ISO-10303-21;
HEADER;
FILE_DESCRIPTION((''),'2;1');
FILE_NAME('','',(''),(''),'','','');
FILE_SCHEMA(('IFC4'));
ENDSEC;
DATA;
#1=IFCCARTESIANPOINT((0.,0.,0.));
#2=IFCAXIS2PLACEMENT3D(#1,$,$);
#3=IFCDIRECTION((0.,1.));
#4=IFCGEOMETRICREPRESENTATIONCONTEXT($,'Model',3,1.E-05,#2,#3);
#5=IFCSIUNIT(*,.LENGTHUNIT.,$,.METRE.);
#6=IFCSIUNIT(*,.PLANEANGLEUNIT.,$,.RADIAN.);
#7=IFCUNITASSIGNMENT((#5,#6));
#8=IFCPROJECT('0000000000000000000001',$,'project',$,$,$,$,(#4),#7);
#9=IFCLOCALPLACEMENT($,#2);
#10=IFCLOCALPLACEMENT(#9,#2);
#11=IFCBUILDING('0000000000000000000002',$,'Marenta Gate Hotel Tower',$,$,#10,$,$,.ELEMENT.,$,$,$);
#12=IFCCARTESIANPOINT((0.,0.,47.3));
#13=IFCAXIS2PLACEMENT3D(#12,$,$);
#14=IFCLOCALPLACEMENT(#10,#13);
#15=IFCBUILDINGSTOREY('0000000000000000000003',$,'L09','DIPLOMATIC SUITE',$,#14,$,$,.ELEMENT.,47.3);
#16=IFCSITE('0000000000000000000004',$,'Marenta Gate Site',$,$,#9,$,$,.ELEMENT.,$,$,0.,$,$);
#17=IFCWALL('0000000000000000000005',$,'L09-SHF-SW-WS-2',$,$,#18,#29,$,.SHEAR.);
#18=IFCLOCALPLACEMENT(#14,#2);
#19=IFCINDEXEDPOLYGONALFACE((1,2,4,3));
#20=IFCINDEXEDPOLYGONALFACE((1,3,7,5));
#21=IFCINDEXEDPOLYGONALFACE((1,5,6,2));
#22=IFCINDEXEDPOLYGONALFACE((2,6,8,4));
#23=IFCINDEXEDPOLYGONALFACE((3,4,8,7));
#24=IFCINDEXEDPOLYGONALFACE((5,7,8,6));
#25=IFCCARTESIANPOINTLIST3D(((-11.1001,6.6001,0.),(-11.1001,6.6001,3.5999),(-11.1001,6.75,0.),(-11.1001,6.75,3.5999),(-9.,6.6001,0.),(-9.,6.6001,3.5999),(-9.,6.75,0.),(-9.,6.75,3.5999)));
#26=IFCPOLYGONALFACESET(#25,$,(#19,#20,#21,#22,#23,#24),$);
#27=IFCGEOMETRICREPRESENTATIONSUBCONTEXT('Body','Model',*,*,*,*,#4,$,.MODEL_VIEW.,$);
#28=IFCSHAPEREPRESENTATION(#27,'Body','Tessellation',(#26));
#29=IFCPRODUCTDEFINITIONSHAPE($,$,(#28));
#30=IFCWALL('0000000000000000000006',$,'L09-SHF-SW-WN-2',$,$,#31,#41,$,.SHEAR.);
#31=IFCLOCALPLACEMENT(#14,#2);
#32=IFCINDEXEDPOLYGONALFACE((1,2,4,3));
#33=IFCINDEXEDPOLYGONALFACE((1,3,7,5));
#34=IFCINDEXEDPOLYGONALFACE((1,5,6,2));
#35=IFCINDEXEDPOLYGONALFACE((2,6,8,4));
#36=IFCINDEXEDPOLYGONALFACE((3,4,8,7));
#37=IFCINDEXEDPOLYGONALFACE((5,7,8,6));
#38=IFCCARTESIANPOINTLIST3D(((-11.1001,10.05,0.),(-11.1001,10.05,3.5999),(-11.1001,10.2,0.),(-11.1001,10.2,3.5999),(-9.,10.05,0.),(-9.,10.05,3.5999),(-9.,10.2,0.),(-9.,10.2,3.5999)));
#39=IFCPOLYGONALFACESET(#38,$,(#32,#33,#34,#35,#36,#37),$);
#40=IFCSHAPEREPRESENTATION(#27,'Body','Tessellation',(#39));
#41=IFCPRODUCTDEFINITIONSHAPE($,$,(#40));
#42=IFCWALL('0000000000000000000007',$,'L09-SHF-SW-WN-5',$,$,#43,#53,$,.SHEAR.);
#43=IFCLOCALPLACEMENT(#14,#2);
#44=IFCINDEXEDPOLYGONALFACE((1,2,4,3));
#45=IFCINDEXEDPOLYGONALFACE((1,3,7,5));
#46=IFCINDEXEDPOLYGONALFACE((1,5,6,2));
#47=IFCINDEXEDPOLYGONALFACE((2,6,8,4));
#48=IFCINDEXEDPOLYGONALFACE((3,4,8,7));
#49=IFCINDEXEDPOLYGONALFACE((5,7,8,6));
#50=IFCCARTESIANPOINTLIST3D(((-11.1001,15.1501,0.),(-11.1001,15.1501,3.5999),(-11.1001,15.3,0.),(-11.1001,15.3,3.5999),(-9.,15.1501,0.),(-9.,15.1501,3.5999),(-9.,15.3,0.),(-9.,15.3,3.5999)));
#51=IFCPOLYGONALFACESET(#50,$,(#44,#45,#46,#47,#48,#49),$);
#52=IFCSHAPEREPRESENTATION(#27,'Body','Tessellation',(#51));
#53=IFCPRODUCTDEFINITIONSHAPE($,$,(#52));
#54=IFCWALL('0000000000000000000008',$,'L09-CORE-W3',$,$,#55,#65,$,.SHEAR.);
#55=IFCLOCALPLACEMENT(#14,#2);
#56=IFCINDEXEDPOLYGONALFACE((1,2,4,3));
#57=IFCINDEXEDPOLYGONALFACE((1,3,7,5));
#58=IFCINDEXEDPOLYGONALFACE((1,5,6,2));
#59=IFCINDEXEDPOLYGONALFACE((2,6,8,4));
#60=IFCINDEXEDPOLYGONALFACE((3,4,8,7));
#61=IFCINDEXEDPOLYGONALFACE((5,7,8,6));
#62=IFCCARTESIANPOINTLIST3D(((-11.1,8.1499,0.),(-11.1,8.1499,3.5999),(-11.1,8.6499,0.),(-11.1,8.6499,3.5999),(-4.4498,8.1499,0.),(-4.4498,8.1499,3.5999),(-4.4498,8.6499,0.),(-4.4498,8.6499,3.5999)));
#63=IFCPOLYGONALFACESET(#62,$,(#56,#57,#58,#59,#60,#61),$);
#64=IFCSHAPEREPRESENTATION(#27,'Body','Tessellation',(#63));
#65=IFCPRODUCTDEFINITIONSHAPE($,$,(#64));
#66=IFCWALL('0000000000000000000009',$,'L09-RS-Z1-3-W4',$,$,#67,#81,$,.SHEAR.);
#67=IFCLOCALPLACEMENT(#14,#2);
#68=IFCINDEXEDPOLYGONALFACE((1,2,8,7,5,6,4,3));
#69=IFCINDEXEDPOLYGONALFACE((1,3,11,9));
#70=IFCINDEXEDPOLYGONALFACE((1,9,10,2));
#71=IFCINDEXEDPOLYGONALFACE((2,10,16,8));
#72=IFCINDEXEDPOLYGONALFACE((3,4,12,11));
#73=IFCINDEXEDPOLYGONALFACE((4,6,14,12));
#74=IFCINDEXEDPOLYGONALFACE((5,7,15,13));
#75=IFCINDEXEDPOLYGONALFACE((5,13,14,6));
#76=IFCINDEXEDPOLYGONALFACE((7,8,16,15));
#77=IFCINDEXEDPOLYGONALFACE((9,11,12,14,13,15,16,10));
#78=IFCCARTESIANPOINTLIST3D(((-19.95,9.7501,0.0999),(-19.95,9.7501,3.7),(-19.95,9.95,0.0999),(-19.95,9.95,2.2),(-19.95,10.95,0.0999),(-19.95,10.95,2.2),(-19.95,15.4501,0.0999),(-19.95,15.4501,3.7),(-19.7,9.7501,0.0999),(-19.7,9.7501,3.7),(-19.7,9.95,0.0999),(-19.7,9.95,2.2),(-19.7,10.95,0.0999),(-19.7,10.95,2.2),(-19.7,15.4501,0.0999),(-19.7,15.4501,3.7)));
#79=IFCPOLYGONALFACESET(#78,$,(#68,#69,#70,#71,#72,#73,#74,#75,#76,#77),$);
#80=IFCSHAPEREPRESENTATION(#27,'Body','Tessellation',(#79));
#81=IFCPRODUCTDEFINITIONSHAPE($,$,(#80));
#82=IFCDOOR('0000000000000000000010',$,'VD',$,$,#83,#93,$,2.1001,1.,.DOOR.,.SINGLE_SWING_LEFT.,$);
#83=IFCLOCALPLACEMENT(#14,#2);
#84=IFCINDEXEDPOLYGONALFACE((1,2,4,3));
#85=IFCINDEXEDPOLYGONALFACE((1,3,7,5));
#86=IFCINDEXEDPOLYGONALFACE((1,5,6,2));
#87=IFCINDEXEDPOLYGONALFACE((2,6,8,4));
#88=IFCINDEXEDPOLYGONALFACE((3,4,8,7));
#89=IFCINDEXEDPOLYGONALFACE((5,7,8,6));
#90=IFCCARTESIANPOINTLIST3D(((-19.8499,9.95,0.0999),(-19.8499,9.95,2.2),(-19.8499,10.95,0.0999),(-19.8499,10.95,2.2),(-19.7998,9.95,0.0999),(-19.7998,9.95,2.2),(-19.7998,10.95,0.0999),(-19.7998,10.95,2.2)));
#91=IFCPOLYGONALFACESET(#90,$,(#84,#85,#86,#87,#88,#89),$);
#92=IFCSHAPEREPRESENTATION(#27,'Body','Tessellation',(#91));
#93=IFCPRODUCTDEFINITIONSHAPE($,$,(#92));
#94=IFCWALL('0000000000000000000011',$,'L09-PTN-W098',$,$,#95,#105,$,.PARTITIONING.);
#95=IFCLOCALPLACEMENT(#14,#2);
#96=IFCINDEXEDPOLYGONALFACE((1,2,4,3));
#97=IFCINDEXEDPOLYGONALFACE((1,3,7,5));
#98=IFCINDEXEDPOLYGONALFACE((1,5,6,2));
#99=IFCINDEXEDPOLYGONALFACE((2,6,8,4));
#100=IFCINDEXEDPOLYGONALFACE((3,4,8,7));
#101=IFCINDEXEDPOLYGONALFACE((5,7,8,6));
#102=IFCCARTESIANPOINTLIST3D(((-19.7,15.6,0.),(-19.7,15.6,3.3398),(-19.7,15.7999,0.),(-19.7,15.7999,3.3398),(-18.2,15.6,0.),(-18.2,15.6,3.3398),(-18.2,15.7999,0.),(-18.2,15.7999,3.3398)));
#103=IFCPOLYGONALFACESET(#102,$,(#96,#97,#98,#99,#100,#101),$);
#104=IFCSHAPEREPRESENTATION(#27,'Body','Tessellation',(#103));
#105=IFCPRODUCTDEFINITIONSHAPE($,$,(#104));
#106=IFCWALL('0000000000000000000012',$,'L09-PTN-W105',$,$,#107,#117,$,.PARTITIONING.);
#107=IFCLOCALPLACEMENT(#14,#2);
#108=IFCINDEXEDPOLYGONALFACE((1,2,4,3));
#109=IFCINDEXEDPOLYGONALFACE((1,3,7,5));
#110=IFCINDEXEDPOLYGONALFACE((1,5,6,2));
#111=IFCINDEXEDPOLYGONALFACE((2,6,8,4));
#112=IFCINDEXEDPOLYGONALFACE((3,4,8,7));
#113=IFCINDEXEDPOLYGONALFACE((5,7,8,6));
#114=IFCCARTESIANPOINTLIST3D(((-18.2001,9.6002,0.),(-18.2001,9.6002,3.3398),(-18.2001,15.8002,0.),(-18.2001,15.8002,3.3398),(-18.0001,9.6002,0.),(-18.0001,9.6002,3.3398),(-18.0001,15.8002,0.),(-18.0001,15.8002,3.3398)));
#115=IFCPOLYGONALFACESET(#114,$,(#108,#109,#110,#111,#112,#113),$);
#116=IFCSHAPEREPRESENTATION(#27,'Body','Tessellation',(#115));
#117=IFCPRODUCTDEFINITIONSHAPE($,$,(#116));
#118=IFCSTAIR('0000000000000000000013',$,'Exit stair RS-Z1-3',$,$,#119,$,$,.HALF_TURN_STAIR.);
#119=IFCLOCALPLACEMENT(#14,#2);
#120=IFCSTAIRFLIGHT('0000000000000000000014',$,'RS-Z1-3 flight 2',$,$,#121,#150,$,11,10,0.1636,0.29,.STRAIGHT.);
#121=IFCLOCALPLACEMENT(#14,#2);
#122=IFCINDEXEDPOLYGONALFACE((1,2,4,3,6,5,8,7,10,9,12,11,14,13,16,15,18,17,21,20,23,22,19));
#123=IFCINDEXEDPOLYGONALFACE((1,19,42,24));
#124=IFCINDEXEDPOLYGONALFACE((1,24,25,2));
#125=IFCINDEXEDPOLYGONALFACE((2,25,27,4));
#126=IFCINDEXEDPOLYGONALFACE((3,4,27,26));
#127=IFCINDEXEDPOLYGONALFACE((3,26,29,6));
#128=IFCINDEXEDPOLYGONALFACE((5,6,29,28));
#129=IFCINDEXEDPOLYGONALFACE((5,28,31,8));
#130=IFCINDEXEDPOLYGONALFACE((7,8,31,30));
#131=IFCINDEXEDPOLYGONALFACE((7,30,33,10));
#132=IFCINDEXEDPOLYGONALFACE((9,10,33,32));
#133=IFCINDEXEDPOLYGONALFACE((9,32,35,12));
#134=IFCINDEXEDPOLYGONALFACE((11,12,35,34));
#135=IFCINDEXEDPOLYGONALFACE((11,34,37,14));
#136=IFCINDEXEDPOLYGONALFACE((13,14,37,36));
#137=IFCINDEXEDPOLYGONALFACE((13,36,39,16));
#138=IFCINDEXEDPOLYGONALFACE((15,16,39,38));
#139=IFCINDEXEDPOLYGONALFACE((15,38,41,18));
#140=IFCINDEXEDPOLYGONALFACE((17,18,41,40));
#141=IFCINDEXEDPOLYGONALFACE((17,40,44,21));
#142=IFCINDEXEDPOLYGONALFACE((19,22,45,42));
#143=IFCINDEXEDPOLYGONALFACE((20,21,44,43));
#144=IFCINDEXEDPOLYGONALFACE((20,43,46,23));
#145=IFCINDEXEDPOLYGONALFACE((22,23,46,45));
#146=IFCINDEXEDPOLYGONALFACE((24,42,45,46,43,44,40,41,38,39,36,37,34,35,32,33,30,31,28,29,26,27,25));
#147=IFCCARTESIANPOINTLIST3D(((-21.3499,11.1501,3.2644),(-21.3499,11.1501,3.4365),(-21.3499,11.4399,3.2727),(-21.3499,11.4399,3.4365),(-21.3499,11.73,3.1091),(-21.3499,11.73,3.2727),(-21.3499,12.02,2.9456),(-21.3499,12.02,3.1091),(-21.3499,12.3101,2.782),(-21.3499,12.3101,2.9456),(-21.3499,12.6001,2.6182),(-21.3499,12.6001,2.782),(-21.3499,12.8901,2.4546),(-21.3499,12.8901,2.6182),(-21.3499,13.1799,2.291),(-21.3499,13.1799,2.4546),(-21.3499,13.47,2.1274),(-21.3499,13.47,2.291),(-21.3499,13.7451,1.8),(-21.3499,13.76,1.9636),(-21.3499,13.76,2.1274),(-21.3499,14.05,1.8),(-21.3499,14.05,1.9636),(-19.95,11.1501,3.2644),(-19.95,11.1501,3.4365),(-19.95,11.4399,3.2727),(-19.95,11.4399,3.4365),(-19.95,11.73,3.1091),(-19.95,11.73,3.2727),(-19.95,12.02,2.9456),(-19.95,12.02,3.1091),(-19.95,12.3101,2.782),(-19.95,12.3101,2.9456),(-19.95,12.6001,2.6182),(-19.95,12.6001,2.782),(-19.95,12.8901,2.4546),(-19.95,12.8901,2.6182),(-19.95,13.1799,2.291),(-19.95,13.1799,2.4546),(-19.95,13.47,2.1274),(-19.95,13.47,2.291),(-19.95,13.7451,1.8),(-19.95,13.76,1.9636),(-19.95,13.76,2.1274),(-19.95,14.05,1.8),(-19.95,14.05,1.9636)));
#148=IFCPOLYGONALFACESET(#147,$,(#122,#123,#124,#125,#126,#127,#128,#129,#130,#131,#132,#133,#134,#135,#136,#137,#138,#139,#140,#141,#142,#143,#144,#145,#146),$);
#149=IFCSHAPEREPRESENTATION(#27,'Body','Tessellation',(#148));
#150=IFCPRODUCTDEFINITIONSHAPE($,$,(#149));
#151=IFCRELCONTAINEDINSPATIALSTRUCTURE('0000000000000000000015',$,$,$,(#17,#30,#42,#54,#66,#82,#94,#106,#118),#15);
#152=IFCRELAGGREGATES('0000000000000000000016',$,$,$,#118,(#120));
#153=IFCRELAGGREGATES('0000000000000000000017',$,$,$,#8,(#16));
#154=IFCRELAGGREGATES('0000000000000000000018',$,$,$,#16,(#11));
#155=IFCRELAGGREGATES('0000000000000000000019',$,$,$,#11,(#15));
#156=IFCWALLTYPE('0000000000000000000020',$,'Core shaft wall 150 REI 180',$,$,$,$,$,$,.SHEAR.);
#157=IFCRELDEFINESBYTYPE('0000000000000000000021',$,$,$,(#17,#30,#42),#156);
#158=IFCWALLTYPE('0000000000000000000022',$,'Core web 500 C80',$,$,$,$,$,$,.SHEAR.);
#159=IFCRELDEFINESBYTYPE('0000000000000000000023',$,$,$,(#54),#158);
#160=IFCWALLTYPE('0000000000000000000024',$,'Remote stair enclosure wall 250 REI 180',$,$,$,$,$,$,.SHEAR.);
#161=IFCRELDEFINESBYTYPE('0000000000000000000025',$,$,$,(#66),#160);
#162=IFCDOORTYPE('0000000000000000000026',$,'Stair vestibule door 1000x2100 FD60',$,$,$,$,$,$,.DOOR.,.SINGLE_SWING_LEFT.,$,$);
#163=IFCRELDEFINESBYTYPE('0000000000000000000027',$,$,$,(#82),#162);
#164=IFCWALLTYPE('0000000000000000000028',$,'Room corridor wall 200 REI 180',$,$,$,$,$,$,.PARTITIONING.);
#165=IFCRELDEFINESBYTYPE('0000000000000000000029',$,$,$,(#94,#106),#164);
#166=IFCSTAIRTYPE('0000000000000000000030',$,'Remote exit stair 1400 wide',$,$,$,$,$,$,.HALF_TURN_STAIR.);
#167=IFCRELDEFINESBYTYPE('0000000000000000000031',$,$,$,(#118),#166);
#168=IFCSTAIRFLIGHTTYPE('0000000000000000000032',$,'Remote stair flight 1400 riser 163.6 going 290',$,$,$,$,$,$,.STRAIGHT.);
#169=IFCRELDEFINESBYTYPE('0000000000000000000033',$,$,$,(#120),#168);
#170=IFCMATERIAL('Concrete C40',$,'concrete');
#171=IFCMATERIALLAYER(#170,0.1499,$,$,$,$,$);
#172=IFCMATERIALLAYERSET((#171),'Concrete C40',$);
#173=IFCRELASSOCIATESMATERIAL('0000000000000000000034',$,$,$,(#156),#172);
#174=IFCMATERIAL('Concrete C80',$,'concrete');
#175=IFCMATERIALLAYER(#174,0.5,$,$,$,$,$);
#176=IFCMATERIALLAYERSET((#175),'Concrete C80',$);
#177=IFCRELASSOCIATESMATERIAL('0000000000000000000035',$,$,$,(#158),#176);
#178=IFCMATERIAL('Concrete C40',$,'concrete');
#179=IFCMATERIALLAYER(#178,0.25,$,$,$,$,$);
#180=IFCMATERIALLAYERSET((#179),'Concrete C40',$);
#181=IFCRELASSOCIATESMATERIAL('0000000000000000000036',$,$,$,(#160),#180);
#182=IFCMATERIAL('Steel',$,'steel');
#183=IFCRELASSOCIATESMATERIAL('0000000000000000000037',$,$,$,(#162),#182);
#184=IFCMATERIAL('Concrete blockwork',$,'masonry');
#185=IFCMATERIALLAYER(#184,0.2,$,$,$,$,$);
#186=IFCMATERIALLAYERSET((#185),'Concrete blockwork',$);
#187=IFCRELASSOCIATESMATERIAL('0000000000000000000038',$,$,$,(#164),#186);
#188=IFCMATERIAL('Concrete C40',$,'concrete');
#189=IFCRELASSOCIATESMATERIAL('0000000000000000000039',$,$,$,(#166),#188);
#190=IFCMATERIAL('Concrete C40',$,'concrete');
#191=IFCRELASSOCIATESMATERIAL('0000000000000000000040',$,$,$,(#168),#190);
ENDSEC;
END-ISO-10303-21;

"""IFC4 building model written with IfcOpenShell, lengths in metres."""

from ifc_helpers import new_model, si_unit, direction, frame, frame_2d, origin, place, context, subcontext, project, spatial, polyline, rectangle, outline, extrude, material, layer, layer_set, type_object, element, fill, aggregate, save


model = new_model("IFC4")

# Units and contexts
model_context = context("Model", 3, precision=1e-05, world=origin(), true_north=direction((0.0, 1.0)))
body_context = subcontext(model_context, "Body", "Model", "MODEL_VIEW")
ifc_project = project(units=[si_unit("LENGTHUNIT", "METRE"), si_unit("PLANEANGLEUNIT", "RADIAN")], contexts=[model_context])

# Site, building, storey
site_placement = place(None, origin())
site = spatial("IfcSite", under=ifc_project, at=site_placement, Name="Marenta Gate Site", CompositionType="ELEMENT", RefElevation=0.0)
building_placement = place(site_placement, origin())
building = spatial("IfcBuilding", under=site, at=building_placement, Name="Marenta Gate Hotel Tower", CompositionType="ELEMENT")
storey_placement = place(building_placement, frame((0.0, 0.0, 47.3)))
storey = spatial("IfcBuildingStorey", under=building, at=storey_placement, Name="L09", Description="DIPLOMATIC SUITE", CompositionType="ELEMENT", Elevation=47.3)

# Walls
ifc_material_1 = material(Name="Concrete C40", Category="concrete")
ifc_layer_1 = layer(ifc_material_1, 0.1499)
ifc_layer_set_1 = layer_set([ifc_layer_1], Name="Concrete C40")
wall_type_1 = type_object("IfcWallType", Name="Core shaft wall 150 REI 180", PredefinedType="SHEAR", material=ifc_layer_set_1)
for number, where, z_axis, x_axis, name in (
    (1, (-11.1001, 6.675, 0.0), (0.0, 0.0, 1.0), (1.0, 0.0, 0.0), "L09-SHF-SW-WS-2"),
    (2, (-11.1001, 10.125, 0.0), (0.0, 0.0, 1.0), (1.0, 0.0, 0.0), "L09-SHF-SW-WN-2"),
    (3, (-11.1001, 15.2251, 0.0), (0.0, 0.0, 1.0), (1.0, 0.0, 0.0), "L09-SHF-SW-WN-5"),
):
    element("IfcWall", number, at=place(storey_placement, frame(where, z_axis=z_axis, x_axis=x_axis)), inside=storey, type_object=wall_type_1, Name=name, PredefinedType="SHEAR", context=body_context, shape_type="SweptSolid", body=[
        extrude(rectangle(XDim=2.1001, YDim=0.1499, at=frame_2d((1.05, 0.0))), origin(), (0.0, 0.0, 1.0), 3.5999),
    ])
ifc_material_2 = material(Name="Concrete C80", Category="concrete")
ifc_layer_2 = layer(ifc_material_2, 0.5)
ifc_layer_set_2 = layer_set([ifc_layer_2], Name="Concrete C80")
wall_type_2 = type_object("IfcWallType", Name="Core web 500 C80", PredefinedType="SHEAR", material=ifc_layer_set_2)
wall_1_placement = place(storey_placement, frame((-11.1001, 8.3999, 0.0), z_axis=(0.0, 0.0, 1.0), x_axis=(1.0, 0.0, 0.0)))
element("IfcWall", 4, at=wall_1_placement, inside=storey, type_object=wall_type_2, Name="L09-CORE-W3", PredefinedType="SHEAR", context=body_context, shape_type="SweptSolid", body=[
    extrude(rectangle(XDim=6.6501, YDim=0.5, at=frame_2d((3.3252, 0.0))), origin(), (0.0, 0.0, 1.0), 3.5999),
])

# Wall, opening, door
ifc_material_3 = material(Name="Concrete C40", Category="concrete")
ifc_layer_3 = layer(ifc_material_3, 0.25)
ifc_layer_set_3 = layer_set([ifc_layer_3], Name="Concrete C40")
wall_type_3 = type_object("IfcWallType", Name="Remote stair enclosure wall 250 REI 180", PredefinedType="SHEAR", material=ifc_layer_set_3)
wall_2_placement = place(storey_placement, frame((-19.825, 9.75, 0.0999), z_axis=(0.0, 0.0, 1.0), x_axis=(0.0, 1.0, 0.0)))
wall_2 = element("IfcWall", 5, at=wall_2_placement, inside=storey, type_object=wall_type_3, Name="L09-RS-Z1-3-W4", PredefinedType="SHEAR", context=body_context, shape_type="SweptSolid", body=[
    extrude(rectangle(XDim=5.7, YDim=0.25, at=frame_2d((2.8501, 0.0))), origin(), (0.0, 0.0, 1.0), 3.6001),
])
opening_1_placement = place(wall_2_placement, frame((0.2, 0.0, 0.0)))
opening_1 = element("IfcOpeningElement", 6, at=opening_1_placement, cuts=wall_2, PredefinedType="OPENING", context=body_context, shape_type="SweptSolid", body=[
    extrude(rectangle(XDim=1.0, YDim=2.1001, at=frame_2d((0.5, 1.05))), frame((0.0, 0.125, 0.0), z_axis=(0.0, -1.0, 0.0), x_axis=(1.0, 0.0, 0.0)), (0.0, 0.0, 1.0), 0.25),
])
ifc_material_4 = material(Name="Steel", Category="steel")
door_type_1 = type_object("IfcDoorType", Name="Stair vestibule door 1000x2100 FD60", OperationType="SINGLE_SWING_LEFT", PredefinedType="DOOR", material=ifc_material_4)
door_1_placement = place(opening_1_placement, origin())
door_1 = element("IfcDoor", 7, at=door_1_placement, inside=storey, type_object=door_type_1, Name="VD", OperationType="SINGLE_SWING_LEFT", OverallHeight=2.1001, OverallWidth=1.0, PredefinedType="DOOR", context=body_context, shape_type="SweptSolid", body=[
    extrude(rectangle(XDim=1.0, YDim=2.1001, at=frame_2d((0.5, 1.05))), frame((0.0, 0.0249, 0.0), z_axis=(0.0, -1.0, 0.0), x_axis=(1.0, 0.0, 0.0)), (0.0, 0.0, 1.0), 0.05),
])
fill(opening_1, door_1)
ifc_material_5 = material(Name="Concrete blockwork", Category="masonry")
ifc_layer_4 = layer(ifc_material_5, 0.2)
ifc_layer_set_4 = layer_set([ifc_layer_4], Name="Concrete blockwork")
wall_type_4 = type_object("IfcWallType", Name="Room corridor wall 200 REI 180", PredefinedType="PARTITIONING", material=ifc_layer_set_4)

# Walls
wall_3_placement = place(storey_placement, frame((-19.7, 15.7, 0.0), z_axis=(0.0, 0.0, 1.0), x_axis=(1.0, 0.0, 0.0)))
element("IfcWall", 8, at=wall_3_placement, inside=storey, type_object=wall_type_4, Name="L09-PTN-W098", PredefinedType="PARTITIONING", context=body_context, shape_type="SweptSolid", body=[
    extrude(rectangle(XDim=1.5, YDim=0.2, at=frame_2d((0.75, 0.0))), origin(), (0.0, 0.0, 1.0), 3.3398),
])
wall_4_placement = place(storey_placement, frame((-18.1001, 9.6001, 0.0), z_axis=(0.0, 0.0, 1.0), x_axis=(0.0, 1.0, 0.0)))
element("IfcWall", 9, at=wall_4_placement, inside=storey, type_object=wall_type_4, Name="L09-PTN-W105", PredefinedType="PARTITIONING", context=body_context, shape_type="SweptSolid", body=[
    extrude(rectangle(XDim=6.2, YDim=0.2, at=frame_2d((3.1001, 0.0))), origin(), (0.0, 0.0, 1.0), 3.3398),
])

# Stair, stair flight
ifc_material_6 = material(Name="Concrete C40", Category="concrete")
stair_type = type_object("IfcStairType", Name="Remote exit stair 1400 wide", PredefinedType="HALF_TURN_STAIR", material=ifc_material_6)
stair_placement = place(storey_placement, origin())
stair = element("IfcStair", 10, at=stair_placement, inside=storey, type_object=stair_type, Name="Exit stair RS-Z1-3", PredefinedType="HALF_TURN_STAIR")
ifc_material_7 = material(Name="Concrete C40", Category="concrete")
stair_flight_type = type_object("IfcStairFlightType", Name="Remote stair flight 1400 riser 163.6 going 290", PredefinedType="STRAIGHT", material=ifc_material_7)
stair_flight_placement = place(storey_placement, frame((-20.6499, 14.05, 1.8), z_axis=(0.0, 0.0, 1.0), x_axis=(0.0, -1.0, 0.0)))
stair_flight = element("IfcStairFlight", 11, at=stair_flight_placement, type_object=stair_flight_type, Name="RS-Z1-3 flight 2", NumberOfRisers=11, NumberOfTreads=10, PredefinedType="STRAIGHT", RiserHeight=0.1636, TreadLength=0.29, context=body_context, shape_type="SweptSolid", body=[
    extrude(outline(polyline([(0.0, 0.0), (0.0, 0.1636), (0.29, 0.1636), (0.29, 0.3274), (0.5801, 0.3274), (0.5801, 0.491), (0.8701, 0.491), (0.8701, 0.6545), (1.1599, 0.6545), (1.1599, 0.8181), (1.45, 0.8181), (1.45, 0.9819), (1.74, 0.9819), (1.74, 1.1455), (2.03, 1.1455), (2.03, 1.3091), (2.3201, 1.3091), (2.3201, 1.4727), (2.6101, 1.4727), (2.6101, 1.6365), (2.8999, 1.6365), (2.8999, 1.8), (2.8999, 1.4644), (0.3049, 0.0), (0.0, 0.0)])), frame((0.0, 0.7, 0.0), z_axis=(0.0, -1.0, 0.0), x_axis=(1.0, 0.0, 0.0)), (0.0, 0.0, 1.0), 1.3999),
])
aggregate(stair, [stair_flight])

save(model, "model.ifc")
